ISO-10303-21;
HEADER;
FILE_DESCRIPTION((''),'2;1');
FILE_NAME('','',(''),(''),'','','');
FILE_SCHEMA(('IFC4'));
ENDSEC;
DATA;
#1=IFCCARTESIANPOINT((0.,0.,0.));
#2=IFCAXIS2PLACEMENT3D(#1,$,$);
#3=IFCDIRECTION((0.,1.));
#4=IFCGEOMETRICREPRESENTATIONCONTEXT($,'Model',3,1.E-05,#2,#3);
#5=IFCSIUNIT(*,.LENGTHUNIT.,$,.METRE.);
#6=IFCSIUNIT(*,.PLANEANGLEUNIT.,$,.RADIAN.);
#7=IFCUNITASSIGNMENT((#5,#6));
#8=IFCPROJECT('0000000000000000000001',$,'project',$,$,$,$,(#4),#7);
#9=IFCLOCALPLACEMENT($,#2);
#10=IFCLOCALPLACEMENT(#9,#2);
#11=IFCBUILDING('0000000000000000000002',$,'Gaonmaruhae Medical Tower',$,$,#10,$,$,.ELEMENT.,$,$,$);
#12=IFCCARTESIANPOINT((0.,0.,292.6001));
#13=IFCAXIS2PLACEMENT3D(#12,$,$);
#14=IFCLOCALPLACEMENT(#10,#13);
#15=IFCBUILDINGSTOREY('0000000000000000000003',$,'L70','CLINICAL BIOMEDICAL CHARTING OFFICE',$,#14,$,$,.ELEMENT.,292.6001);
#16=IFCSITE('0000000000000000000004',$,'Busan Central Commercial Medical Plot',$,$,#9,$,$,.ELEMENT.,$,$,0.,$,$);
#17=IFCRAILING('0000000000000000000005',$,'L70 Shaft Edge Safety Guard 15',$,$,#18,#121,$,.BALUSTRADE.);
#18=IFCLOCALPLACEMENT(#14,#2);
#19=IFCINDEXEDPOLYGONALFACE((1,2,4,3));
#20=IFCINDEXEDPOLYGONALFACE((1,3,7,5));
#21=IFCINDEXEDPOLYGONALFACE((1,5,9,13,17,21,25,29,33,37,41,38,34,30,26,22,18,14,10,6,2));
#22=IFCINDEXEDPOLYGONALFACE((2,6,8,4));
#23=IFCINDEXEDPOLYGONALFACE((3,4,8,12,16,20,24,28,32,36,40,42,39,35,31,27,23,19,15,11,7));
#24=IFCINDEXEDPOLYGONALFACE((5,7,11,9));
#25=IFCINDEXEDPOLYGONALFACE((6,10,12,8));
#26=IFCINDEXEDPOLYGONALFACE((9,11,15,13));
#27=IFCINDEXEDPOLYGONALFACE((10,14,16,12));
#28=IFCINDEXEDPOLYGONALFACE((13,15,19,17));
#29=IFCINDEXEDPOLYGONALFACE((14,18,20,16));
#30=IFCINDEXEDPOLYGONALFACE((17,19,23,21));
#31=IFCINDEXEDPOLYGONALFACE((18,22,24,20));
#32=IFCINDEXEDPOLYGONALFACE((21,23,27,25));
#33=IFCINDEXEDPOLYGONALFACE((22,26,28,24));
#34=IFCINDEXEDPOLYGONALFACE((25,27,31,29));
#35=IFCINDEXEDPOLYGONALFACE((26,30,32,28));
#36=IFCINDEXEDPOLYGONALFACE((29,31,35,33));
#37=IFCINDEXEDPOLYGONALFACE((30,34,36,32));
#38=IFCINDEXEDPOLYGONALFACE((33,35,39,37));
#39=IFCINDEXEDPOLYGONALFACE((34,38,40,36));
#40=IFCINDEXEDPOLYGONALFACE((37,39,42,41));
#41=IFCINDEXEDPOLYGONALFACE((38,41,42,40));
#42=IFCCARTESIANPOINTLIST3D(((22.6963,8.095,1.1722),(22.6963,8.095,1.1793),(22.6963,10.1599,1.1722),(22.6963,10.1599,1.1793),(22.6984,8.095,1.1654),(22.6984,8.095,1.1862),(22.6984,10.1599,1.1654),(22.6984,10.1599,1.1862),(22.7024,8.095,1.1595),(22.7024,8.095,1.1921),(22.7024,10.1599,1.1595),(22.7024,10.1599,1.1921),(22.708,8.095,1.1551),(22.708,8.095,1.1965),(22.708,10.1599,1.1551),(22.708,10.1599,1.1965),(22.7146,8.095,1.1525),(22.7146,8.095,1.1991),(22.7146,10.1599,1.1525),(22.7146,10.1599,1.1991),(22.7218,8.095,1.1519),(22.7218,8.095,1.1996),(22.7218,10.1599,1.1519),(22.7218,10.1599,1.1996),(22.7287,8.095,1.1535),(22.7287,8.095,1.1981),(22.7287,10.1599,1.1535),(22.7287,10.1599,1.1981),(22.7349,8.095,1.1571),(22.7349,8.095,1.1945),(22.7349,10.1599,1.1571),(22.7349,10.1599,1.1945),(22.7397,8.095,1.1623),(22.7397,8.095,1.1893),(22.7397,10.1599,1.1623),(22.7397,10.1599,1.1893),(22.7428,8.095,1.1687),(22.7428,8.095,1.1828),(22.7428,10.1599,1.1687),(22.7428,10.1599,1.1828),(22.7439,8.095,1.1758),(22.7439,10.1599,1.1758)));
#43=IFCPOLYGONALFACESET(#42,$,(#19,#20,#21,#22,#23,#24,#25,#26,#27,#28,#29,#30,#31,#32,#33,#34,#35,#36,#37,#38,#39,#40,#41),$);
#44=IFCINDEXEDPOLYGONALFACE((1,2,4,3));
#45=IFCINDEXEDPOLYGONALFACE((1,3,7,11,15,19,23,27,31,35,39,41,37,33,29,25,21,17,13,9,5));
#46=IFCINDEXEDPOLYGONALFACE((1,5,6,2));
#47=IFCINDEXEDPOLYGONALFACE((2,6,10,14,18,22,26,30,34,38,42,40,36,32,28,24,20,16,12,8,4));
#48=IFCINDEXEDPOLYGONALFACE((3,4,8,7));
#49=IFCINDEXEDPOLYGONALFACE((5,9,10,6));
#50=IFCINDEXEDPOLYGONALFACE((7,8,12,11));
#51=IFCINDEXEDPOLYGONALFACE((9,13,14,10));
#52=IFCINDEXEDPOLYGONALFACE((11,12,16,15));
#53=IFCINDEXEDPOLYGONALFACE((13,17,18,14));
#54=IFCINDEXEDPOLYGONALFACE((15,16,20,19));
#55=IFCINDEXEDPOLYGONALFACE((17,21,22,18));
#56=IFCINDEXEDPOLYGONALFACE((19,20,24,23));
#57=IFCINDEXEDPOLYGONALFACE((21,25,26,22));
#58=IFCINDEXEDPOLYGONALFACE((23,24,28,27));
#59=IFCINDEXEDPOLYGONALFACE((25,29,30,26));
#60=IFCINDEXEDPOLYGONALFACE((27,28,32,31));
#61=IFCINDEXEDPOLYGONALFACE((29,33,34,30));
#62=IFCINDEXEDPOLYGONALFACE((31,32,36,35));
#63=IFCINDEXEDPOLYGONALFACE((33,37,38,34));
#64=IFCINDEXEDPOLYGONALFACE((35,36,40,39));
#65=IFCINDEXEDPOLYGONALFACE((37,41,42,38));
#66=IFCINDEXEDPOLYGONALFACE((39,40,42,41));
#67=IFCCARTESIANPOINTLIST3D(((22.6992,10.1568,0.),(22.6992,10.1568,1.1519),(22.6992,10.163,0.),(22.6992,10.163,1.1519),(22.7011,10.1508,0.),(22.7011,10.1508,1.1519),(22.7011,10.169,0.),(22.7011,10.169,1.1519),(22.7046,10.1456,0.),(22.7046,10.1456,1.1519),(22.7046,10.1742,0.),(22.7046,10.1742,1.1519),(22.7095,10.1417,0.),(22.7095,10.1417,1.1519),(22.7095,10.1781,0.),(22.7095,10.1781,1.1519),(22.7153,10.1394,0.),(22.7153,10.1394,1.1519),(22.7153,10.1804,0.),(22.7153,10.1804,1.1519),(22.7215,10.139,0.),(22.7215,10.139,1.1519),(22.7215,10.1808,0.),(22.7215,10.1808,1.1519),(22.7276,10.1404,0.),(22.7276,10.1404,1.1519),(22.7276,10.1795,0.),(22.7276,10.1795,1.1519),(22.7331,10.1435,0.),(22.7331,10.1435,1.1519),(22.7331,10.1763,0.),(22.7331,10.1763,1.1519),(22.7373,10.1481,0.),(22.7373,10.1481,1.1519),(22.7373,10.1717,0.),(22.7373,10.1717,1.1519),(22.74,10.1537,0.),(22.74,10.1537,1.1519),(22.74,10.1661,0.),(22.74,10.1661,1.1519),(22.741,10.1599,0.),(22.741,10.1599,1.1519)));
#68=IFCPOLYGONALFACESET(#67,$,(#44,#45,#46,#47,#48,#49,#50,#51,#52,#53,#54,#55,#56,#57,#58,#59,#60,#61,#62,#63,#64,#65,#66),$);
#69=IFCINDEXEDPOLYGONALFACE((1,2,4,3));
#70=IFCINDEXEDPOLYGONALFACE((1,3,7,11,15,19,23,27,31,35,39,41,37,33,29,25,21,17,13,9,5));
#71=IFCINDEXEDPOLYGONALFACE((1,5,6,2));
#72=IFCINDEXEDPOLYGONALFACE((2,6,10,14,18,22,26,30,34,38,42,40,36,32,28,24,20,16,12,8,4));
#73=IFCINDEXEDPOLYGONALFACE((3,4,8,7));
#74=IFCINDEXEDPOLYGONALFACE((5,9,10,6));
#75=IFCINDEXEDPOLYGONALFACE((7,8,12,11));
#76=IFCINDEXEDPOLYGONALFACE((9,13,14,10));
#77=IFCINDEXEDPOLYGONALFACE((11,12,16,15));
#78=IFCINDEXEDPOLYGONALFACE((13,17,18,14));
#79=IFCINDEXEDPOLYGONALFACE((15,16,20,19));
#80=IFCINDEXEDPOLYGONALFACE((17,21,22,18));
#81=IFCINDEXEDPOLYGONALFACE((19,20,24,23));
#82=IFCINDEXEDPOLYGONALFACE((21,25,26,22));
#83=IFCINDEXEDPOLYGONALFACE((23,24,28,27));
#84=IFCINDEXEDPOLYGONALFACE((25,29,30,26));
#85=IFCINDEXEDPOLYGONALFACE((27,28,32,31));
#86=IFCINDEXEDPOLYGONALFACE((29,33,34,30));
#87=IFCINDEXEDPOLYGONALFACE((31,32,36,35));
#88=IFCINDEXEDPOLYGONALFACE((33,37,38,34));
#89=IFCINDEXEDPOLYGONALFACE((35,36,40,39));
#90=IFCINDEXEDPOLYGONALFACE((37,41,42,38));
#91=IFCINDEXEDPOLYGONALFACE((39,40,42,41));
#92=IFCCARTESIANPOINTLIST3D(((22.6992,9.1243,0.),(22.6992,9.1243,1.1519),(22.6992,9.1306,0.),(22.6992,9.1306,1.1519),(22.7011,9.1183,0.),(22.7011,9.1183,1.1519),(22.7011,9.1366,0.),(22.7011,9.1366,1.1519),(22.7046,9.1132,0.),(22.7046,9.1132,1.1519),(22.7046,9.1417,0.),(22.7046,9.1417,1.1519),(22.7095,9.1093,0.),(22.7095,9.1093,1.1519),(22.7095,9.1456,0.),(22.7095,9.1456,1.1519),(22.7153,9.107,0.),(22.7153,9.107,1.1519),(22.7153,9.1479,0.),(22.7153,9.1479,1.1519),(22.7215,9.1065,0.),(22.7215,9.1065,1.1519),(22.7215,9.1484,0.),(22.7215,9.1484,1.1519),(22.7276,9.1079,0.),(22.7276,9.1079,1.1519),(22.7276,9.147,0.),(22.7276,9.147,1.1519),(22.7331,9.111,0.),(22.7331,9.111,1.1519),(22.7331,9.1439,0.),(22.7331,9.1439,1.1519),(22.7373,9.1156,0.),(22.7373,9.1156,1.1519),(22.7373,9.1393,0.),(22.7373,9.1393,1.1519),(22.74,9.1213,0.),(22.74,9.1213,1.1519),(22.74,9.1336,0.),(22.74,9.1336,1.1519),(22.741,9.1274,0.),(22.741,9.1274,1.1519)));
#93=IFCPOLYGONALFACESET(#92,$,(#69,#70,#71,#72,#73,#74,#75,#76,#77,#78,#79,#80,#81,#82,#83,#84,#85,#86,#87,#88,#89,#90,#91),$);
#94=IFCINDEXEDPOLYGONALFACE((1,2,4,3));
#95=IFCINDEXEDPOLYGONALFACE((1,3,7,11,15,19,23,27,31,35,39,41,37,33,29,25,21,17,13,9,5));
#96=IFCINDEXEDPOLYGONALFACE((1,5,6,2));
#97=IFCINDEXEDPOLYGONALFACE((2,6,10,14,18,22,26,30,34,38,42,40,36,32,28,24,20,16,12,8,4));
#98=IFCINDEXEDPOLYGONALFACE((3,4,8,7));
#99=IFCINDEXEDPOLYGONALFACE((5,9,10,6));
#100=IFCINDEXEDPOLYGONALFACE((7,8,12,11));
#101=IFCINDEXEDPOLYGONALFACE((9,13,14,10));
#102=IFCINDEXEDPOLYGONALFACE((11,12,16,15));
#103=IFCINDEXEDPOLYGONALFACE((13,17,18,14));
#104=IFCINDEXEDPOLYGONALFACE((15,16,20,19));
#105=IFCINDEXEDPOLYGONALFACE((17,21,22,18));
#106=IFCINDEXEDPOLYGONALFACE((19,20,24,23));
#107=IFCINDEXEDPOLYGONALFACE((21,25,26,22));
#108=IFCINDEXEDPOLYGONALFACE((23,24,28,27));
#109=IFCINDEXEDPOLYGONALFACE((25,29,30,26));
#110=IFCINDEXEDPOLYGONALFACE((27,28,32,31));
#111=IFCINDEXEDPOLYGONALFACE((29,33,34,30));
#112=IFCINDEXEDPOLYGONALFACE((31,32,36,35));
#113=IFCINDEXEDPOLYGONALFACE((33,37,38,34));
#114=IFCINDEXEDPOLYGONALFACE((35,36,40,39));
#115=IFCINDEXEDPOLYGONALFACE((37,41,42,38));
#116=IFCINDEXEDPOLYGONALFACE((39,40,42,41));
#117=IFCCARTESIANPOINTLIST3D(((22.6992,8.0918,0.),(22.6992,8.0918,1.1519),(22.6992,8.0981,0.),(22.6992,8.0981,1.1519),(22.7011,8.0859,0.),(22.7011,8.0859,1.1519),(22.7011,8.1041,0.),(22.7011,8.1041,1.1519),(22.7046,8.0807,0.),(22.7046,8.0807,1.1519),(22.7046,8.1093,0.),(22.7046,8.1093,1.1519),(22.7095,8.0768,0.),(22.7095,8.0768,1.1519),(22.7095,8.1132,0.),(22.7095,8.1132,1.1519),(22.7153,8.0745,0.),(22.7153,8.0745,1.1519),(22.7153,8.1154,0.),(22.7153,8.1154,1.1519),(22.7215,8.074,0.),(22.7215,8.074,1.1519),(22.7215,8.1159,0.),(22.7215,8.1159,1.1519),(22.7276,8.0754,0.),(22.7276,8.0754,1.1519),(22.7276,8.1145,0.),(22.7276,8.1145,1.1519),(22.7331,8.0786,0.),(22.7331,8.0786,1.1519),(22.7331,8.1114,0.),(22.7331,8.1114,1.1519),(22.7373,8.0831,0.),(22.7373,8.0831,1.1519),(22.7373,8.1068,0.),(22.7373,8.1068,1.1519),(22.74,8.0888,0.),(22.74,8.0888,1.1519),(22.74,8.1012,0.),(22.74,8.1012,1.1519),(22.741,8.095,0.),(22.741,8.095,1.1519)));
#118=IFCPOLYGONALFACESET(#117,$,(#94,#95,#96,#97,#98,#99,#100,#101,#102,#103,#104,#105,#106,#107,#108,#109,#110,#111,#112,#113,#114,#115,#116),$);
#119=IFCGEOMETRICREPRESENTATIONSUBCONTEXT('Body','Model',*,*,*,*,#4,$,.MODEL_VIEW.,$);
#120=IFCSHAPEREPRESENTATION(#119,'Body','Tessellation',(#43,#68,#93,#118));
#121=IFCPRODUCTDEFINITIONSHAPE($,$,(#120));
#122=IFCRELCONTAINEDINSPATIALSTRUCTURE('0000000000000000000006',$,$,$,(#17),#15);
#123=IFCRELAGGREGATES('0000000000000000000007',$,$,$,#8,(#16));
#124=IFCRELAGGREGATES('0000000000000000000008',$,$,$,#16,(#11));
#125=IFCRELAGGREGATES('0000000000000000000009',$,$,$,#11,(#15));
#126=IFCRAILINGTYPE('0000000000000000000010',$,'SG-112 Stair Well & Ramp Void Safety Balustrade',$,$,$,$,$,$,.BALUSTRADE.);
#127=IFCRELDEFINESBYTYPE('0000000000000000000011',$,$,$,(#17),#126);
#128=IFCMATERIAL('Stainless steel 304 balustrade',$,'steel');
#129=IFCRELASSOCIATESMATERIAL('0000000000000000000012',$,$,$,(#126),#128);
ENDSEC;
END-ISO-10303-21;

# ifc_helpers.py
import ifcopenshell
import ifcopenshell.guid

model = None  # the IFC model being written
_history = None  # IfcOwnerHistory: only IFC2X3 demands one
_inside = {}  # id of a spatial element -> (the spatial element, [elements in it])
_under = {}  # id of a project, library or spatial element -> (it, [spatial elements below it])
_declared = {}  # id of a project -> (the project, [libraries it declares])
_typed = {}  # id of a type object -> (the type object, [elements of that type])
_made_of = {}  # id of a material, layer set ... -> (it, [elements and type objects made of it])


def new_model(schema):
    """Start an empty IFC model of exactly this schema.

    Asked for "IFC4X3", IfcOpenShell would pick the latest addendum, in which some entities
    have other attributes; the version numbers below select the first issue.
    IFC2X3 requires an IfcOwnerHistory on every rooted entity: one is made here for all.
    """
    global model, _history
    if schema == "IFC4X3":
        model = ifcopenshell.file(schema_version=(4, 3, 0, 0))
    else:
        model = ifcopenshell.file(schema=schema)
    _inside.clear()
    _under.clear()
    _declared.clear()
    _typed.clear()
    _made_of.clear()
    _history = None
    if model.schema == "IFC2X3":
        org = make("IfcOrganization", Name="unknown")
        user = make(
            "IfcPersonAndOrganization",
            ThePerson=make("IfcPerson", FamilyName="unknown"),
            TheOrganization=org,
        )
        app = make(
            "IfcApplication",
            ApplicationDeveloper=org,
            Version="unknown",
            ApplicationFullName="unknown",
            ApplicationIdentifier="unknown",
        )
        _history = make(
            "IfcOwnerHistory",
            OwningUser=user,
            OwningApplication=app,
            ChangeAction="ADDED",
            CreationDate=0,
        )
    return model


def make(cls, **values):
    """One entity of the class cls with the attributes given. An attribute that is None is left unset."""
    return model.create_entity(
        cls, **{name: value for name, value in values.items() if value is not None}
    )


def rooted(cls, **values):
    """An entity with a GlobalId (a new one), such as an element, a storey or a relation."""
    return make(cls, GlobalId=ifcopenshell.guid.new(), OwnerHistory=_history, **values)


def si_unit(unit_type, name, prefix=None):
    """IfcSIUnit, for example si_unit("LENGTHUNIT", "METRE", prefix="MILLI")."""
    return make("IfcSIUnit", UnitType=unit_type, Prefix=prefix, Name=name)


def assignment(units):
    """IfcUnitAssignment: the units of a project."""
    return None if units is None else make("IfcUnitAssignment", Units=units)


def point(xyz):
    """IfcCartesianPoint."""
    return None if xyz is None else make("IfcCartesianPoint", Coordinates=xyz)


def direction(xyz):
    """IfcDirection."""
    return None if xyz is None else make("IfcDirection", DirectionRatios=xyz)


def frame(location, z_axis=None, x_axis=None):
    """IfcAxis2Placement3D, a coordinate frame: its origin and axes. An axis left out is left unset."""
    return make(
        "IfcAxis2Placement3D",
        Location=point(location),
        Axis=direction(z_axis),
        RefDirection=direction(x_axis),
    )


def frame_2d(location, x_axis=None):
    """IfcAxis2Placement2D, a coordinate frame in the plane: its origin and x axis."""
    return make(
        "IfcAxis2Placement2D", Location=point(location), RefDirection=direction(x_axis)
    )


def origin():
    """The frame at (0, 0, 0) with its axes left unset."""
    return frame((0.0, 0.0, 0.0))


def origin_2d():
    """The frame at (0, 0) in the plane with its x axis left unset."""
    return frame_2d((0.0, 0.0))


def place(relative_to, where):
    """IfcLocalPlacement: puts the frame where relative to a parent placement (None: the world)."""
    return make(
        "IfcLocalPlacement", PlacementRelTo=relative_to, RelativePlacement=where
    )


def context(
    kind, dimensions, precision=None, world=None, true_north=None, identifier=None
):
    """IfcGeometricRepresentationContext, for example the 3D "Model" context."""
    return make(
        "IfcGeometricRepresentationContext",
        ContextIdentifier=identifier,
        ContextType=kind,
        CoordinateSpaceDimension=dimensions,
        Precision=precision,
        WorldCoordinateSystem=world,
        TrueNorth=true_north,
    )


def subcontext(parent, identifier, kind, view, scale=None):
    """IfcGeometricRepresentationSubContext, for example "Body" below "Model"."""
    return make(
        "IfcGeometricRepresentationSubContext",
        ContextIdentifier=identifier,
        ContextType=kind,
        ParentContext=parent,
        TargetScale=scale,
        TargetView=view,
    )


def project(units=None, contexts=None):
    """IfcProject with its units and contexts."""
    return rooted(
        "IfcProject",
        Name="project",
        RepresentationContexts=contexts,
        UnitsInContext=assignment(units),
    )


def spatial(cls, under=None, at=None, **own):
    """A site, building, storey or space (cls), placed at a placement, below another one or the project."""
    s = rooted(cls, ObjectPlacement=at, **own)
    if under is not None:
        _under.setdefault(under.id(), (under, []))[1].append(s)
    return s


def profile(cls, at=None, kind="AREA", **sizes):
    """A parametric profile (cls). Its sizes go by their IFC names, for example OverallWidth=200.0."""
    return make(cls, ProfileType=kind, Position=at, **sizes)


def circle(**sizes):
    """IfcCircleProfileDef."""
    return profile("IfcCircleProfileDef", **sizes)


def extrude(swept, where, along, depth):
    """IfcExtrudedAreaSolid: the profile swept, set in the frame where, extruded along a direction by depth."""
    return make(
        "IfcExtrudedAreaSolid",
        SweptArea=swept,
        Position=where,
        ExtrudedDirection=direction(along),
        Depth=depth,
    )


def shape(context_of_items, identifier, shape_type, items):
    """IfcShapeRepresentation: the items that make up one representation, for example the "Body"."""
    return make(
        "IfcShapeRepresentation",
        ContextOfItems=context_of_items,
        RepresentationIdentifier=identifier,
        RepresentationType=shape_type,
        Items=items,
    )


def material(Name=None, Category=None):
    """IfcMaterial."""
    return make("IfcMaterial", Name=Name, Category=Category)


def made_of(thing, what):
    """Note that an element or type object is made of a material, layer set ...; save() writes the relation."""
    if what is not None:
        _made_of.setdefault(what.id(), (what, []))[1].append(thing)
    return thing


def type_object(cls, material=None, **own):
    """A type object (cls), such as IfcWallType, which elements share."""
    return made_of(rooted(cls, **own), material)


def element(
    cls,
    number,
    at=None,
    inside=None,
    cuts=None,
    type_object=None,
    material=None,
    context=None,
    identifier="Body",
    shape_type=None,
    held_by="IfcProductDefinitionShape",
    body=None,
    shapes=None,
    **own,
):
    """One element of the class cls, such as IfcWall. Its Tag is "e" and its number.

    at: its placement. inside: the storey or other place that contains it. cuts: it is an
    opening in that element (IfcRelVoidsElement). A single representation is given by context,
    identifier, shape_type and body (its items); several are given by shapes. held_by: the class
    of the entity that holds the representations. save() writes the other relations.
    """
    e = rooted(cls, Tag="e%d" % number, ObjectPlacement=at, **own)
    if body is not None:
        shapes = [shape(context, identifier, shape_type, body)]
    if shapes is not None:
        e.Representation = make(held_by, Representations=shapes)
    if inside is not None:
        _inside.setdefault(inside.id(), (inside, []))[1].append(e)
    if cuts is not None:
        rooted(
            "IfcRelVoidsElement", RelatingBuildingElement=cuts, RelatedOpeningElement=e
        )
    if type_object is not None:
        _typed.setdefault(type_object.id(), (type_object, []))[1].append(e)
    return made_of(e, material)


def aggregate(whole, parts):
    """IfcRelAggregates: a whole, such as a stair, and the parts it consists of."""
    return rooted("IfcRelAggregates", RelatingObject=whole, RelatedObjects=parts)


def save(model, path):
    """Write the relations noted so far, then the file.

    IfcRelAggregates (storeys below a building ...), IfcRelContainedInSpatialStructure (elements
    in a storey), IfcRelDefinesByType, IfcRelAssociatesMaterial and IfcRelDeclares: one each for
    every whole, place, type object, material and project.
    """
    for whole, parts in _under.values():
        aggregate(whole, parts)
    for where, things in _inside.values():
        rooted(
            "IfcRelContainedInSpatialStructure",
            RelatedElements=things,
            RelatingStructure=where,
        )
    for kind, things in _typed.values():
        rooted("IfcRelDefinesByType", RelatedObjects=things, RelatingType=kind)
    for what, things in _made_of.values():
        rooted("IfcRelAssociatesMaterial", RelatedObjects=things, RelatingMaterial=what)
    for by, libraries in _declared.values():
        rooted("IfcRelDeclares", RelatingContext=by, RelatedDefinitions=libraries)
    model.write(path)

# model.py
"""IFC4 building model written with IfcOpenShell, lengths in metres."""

from ifc_helpers import new_model, si_unit, direction, frame, origin, origin_2d, place, context, subcontext, project, spatial, circle, extrude, material, type_object, element, save


model = new_model("IFC4")

# Units and contexts
model_context = context("Model", 3, precision=1e-05, world=origin(), true_north=direction((0.0, 1.0)))
body_context = subcontext(model_context, "Body", "Model", "MODEL_VIEW")
ifc_project = project(units=[si_unit("LENGTHUNIT", "METRE"), si_unit("PLANEANGLEUNIT", "RADIAN")], contexts=[model_context])

# Site, building, storey
site_placement = place(None, origin())
site = spatial("IfcSite", under=ifc_project, at=site_placement, Name="Busan Central Commercial Medical Plot", CompositionType="ELEMENT", RefElevation=0.0)
building_placement = place(site_placement, origin())
building = spatial("IfcBuilding", under=site, at=building_placement, Name="Gaonmaruhae Medical Tower", CompositionType="ELEMENT")
storey_placement = place(building_placement, frame((0.0, 0.0, 292.6001)))
storey = spatial("IfcBuildingStorey", under=building, at=storey_placement, Name="L70", Description="CLINICAL BIOMEDICAL CHARTING OFFICE", CompositionType="ELEMENT", Elevation=292.6001)

# Railing
ifc_material_1 = material(Name="Stainless steel 304 balustrade", Category="steel")
railing_type_1 = type_object("IfcRailingType", Name="SG-112 Stair Well & Ramp Void Safety Balustrade", PredefinedType="BALUSTRADE", material=ifc_material_1)
railing_1_placement = place(storey_placement, frame((22.72, 10.1599, 0.0)))
element("IfcRailing", 1, at=railing_1_placement, inside=storey, type_object=railing_type_1, Name="L70 Shaft Edge Safety Guard 15", PredefinedType="BALUSTRADE", context=body_context, shape_type="SweptSolid", body=[
    extrude(circle(Radius=0.0239, at=origin_2d()), frame((0.0, 0.0, 1.1758), z_axis=(0.0, -1.0, 0.0), x_axis=(1.0, 0.0, 0.0)), (0.0, 0.0, 1.0), 2.0649),
    extrude(circle(Radius=0.021, at=origin_2d()), origin(), (0.0, 0.0, 1.0), 1.1519),
    extrude(circle(Radius=0.021, at=origin_2d()), frame((0.0, -1.0325, 0.0)), (0.0, 0.0, 1.0), 1.1519),
    extrude(circle(Radius=0.021, at=origin_2d()), frame((0.0, -2.0649, 0.0)), (0.0, 0.0, 1.0), 1.1519),
])

save(model, "model.ifc")
